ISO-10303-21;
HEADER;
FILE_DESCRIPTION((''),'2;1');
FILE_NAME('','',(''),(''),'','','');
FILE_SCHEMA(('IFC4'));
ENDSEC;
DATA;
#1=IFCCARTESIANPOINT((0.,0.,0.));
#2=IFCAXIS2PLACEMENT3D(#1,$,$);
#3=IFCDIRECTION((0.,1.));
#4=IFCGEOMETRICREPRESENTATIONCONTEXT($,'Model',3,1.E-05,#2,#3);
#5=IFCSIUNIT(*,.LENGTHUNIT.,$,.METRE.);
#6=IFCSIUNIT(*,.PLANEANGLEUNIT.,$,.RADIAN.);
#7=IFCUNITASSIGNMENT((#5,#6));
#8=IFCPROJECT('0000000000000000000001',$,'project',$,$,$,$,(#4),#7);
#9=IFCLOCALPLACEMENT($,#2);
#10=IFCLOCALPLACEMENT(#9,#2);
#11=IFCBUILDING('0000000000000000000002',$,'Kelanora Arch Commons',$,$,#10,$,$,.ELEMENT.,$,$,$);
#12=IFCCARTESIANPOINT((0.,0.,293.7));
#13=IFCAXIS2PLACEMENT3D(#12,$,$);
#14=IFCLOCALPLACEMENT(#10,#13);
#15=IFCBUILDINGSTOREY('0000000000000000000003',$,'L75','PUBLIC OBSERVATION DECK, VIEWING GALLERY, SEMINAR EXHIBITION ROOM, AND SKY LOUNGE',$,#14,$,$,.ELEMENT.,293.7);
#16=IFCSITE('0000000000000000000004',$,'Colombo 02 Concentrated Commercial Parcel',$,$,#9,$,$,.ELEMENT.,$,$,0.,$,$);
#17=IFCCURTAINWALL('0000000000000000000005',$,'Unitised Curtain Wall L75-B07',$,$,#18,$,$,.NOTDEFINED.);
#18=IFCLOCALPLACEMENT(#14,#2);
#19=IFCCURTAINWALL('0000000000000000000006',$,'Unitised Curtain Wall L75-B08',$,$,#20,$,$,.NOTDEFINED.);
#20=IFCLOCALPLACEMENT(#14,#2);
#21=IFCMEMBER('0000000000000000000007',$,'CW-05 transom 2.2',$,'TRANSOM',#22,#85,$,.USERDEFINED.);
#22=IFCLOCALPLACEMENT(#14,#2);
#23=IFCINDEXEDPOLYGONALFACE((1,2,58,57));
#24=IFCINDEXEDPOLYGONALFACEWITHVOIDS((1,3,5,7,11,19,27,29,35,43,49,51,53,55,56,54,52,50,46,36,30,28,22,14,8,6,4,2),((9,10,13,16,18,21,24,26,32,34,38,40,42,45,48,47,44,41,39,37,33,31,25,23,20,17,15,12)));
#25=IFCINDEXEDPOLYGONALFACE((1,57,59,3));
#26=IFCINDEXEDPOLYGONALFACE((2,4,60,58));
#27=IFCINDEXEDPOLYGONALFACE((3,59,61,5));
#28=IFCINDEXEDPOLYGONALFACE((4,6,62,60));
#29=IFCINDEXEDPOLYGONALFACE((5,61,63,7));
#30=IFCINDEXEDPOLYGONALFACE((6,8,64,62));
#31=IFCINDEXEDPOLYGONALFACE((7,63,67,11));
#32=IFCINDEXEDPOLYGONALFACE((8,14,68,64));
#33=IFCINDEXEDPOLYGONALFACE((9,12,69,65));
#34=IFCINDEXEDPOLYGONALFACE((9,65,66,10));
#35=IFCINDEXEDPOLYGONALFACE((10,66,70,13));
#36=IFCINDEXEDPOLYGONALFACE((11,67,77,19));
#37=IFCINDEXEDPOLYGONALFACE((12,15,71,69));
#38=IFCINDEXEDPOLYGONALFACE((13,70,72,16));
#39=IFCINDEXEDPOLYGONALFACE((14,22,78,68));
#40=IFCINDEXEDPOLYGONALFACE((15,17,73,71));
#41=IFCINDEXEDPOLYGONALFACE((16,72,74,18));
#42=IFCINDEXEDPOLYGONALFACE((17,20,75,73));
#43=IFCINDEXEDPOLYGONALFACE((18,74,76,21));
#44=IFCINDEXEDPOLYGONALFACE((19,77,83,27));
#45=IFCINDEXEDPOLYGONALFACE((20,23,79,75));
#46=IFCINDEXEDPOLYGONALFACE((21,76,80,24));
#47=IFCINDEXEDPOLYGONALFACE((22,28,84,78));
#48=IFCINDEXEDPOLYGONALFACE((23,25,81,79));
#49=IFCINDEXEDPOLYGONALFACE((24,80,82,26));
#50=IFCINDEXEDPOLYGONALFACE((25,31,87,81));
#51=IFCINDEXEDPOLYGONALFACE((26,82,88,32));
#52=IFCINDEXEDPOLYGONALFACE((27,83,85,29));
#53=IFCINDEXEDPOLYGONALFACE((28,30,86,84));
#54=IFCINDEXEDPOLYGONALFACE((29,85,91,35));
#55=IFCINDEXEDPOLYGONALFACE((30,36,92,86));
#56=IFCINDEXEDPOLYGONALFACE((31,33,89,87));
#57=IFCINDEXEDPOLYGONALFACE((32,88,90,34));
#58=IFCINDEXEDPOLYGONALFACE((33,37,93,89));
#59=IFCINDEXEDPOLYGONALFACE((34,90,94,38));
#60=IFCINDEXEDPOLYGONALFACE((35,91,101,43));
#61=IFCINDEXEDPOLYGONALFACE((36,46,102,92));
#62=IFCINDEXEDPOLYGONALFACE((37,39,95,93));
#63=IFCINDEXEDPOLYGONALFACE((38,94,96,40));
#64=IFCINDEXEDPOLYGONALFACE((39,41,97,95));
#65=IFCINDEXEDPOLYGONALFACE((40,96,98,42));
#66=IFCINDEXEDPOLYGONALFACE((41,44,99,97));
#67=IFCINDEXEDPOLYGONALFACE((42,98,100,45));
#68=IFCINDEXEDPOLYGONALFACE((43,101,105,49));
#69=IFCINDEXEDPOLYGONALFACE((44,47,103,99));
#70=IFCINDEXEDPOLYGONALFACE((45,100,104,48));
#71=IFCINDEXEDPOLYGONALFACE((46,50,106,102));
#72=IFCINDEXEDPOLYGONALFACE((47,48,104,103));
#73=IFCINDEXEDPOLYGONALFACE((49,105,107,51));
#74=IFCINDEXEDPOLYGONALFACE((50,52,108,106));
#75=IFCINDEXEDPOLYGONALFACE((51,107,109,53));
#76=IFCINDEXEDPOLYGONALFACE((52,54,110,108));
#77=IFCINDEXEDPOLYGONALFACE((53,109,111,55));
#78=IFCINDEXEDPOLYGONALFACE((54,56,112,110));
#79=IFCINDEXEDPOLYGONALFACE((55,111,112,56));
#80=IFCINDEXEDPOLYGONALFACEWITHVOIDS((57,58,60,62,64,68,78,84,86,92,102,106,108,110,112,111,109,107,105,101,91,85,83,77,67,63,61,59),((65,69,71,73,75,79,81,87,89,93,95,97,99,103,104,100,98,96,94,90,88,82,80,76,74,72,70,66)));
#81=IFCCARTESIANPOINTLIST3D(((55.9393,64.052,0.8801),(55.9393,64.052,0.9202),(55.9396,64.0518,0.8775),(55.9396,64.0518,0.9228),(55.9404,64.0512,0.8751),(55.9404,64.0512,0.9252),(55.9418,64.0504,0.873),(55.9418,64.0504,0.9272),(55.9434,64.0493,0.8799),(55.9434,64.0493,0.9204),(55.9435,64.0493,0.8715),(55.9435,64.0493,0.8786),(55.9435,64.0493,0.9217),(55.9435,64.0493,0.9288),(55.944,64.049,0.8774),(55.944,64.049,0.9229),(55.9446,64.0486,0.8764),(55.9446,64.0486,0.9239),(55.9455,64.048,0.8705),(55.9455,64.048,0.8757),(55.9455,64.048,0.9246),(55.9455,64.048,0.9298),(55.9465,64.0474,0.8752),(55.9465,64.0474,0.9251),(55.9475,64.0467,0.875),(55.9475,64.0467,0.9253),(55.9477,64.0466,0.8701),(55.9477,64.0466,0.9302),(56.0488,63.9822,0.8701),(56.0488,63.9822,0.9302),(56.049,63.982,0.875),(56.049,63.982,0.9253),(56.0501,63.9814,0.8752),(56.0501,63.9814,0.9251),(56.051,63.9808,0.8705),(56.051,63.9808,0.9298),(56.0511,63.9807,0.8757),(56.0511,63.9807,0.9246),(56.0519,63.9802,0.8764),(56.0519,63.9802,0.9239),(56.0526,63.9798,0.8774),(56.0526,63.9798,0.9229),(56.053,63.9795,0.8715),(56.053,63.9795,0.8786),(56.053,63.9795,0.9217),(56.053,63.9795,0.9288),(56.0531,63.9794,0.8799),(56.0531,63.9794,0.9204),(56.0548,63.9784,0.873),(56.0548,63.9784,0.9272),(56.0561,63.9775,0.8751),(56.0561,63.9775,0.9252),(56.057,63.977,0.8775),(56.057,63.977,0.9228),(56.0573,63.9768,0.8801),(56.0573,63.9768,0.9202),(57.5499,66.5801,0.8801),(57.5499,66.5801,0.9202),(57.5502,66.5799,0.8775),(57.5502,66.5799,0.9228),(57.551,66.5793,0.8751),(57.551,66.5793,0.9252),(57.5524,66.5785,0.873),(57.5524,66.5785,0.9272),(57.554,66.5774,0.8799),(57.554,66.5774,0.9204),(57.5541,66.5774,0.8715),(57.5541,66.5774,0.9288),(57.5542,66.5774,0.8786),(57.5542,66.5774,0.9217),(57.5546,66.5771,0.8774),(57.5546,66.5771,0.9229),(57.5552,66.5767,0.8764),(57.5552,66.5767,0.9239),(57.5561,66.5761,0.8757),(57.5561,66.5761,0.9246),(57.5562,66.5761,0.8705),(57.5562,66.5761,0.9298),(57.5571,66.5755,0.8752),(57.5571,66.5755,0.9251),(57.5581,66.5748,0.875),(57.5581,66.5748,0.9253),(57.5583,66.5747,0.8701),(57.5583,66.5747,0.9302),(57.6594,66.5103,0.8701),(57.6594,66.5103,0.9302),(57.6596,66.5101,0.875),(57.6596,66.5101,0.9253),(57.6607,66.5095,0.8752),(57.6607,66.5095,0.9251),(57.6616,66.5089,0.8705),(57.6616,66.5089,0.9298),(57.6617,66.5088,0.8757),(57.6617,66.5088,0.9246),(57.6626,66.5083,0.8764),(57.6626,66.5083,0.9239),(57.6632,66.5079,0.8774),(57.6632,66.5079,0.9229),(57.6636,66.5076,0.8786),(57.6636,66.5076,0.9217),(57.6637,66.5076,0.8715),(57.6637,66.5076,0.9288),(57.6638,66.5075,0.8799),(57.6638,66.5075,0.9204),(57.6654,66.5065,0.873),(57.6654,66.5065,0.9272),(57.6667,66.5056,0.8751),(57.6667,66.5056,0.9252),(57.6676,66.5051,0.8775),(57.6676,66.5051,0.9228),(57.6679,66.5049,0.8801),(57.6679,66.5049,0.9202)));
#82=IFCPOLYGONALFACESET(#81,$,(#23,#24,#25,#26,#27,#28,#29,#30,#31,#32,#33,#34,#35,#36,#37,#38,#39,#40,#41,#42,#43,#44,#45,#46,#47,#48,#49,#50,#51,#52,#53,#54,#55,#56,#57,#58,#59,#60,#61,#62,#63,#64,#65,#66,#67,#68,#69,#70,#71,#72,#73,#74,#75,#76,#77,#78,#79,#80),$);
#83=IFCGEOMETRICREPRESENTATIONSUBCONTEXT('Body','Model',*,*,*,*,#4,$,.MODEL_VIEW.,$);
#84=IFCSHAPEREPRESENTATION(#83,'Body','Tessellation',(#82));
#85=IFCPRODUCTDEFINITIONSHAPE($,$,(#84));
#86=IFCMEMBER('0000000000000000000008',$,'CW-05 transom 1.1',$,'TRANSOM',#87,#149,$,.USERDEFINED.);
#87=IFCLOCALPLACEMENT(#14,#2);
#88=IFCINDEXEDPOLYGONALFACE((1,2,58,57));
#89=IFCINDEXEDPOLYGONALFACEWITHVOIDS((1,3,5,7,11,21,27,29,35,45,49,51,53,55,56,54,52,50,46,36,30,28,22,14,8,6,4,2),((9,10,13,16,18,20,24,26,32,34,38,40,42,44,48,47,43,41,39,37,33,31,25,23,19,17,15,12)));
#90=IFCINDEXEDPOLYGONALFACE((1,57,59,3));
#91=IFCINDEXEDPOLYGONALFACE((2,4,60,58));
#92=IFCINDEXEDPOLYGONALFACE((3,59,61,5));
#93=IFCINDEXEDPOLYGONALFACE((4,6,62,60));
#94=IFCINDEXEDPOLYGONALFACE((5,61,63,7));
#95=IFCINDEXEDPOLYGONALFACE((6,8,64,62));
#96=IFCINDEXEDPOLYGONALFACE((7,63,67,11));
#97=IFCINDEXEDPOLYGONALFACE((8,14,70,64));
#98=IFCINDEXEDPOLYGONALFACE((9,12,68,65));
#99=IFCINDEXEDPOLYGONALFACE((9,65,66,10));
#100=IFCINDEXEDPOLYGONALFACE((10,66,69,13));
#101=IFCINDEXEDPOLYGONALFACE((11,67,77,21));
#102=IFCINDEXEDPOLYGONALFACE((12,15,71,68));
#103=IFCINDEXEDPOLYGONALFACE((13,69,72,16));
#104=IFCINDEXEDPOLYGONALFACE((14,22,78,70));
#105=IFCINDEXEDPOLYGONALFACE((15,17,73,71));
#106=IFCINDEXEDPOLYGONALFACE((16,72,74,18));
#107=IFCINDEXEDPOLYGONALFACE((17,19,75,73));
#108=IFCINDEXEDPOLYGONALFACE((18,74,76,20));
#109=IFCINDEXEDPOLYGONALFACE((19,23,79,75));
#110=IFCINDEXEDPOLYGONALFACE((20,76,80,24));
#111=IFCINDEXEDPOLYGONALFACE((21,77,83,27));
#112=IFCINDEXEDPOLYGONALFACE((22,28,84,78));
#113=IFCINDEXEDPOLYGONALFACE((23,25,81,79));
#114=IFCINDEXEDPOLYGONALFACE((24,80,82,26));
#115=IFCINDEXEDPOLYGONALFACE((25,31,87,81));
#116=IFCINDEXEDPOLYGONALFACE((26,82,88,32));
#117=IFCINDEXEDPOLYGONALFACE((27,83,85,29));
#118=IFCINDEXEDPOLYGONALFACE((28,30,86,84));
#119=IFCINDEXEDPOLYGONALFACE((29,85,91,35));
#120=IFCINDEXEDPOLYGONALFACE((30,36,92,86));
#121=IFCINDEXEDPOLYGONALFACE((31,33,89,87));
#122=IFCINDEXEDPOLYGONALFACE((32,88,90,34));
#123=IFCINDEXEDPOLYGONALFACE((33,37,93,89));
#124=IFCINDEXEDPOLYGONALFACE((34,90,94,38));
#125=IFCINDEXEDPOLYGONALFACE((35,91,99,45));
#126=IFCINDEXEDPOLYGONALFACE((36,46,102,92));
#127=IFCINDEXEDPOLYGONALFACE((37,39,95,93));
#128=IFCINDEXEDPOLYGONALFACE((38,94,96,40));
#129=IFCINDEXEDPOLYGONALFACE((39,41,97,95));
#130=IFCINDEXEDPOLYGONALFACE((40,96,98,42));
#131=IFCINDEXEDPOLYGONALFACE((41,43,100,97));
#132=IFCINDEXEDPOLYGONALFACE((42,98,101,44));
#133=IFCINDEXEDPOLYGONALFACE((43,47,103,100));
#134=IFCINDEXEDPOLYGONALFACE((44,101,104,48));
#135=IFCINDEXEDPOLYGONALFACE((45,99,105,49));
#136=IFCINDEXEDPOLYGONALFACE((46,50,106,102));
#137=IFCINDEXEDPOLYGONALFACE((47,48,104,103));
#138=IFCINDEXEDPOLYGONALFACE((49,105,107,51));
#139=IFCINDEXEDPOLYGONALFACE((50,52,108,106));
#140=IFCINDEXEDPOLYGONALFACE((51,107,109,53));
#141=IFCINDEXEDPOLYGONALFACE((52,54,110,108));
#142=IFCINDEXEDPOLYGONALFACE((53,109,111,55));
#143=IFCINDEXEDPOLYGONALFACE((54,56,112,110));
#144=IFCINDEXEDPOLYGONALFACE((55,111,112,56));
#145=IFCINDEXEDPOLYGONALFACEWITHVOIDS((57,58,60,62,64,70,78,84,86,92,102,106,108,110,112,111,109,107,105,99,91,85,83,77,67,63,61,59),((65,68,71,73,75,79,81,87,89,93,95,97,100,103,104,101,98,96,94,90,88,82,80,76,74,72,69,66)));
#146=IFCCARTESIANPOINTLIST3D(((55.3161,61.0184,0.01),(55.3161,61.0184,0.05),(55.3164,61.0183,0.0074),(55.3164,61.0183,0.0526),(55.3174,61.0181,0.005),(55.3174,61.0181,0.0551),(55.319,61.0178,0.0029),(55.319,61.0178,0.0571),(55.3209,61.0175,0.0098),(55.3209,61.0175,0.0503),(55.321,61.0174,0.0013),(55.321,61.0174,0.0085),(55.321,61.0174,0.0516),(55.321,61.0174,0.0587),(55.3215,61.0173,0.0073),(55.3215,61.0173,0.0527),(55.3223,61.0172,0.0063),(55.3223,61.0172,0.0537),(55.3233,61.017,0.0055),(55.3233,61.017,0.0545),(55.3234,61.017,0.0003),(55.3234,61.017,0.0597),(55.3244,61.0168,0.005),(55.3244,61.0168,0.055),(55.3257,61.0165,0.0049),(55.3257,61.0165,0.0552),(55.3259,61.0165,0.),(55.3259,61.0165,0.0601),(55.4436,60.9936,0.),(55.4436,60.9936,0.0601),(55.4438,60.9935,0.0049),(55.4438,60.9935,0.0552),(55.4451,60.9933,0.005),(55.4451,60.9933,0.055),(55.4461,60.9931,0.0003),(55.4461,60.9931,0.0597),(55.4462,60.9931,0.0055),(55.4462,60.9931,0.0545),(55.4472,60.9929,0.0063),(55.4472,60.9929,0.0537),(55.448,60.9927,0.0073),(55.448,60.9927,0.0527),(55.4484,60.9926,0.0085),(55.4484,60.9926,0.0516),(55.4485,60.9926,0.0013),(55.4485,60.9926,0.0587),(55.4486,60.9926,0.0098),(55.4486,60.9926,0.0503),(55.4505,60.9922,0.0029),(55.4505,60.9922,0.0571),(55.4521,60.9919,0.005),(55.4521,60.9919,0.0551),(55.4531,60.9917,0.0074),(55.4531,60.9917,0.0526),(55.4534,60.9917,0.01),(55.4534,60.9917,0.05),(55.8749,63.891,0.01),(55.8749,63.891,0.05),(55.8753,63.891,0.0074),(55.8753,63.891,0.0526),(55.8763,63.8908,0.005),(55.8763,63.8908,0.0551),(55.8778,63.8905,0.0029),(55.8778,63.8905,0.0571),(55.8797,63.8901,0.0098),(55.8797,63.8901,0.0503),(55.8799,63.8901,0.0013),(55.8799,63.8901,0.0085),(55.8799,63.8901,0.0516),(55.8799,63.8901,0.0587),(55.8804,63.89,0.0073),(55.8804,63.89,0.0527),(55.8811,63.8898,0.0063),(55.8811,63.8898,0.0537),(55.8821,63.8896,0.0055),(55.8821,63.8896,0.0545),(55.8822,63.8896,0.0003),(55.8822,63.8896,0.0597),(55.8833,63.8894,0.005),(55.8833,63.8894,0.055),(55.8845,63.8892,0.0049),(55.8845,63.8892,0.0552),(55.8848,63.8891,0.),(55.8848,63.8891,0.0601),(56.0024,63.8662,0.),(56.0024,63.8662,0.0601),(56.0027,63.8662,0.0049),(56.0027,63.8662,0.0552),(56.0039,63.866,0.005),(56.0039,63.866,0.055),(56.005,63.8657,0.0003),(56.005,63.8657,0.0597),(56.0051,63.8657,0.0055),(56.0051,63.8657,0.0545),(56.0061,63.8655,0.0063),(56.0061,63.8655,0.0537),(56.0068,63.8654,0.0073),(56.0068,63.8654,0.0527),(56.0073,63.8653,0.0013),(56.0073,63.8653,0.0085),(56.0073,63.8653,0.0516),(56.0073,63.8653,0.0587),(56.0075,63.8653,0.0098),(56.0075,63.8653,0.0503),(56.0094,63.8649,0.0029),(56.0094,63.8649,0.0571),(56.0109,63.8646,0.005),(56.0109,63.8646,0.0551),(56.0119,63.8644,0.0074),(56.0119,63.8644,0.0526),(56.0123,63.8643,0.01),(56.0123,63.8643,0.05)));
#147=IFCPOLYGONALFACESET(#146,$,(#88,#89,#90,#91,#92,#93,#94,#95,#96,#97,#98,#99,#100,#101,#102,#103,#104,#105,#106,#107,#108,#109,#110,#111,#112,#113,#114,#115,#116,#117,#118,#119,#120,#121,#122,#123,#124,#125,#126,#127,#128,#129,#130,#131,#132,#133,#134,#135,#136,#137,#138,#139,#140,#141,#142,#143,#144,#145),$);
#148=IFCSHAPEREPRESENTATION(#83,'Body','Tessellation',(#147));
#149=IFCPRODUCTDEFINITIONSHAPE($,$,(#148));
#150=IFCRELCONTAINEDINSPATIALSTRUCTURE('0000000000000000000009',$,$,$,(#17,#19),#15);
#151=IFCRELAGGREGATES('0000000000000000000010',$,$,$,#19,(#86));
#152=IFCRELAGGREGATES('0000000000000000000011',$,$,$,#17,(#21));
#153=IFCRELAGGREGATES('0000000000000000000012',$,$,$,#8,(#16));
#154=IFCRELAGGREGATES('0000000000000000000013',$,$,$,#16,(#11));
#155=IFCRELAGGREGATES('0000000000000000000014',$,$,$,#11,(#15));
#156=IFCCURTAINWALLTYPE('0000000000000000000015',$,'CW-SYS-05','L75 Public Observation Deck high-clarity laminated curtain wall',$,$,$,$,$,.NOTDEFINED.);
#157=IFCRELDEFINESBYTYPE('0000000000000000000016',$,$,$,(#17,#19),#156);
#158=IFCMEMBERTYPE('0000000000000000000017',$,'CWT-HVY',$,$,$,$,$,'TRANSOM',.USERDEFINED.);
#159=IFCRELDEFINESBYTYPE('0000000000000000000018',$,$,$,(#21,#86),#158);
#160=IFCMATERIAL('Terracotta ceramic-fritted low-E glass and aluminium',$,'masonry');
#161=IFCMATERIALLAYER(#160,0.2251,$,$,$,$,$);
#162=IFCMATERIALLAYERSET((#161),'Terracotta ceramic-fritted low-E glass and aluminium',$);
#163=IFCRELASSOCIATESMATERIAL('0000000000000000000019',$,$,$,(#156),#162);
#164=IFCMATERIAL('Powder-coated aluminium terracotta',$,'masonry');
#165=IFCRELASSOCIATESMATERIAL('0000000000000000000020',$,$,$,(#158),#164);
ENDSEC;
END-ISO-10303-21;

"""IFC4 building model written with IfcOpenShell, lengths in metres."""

from ifc_helpers import new_model, si_unit, direction, frame, origin, origin_2d, place, context, subcontext, project, spatial, hollow_rectangle, extrude, material, layer, layer_set, material_profile, profile_set, type_object, element, aggregate, save


model = new_model("IFC4")

# Units and contexts
model_context = context("Model", 3, precision=1e-05, world=origin(), true_north=direction((0.0, 1.0)))
body_context = subcontext(model_context, "Body", "Model", "MODEL_VIEW")
ifc_project = project(units=[si_unit("LENGTHUNIT", "METRE"), si_unit("PLANEANGLEUNIT", "RADIAN")], contexts=[model_context])

# Site, building, storey
site_placement = place(None, origin())
site = spatial("IfcSite", under=ifc_project, at=site_placement, Name="Colombo 02 Concentrated Commercial Parcel", CompositionType="ELEMENT", RefElevation=0.0)
building_placement = place(site_placement, origin())
building = spatial("IfcBuilding", under=site, at=building_placement, Name="Kelanora Arch Commons", CompositionType="ELEMENT")
storey_placement = place(building_placement, frame((0.0, 0.0, 293.7)))
storey = spatial("IfcBuildingStorey", under=building, at=storey_placement, Name="L75", Description="PUBLIC OBSERVATION DECK, VIEWING GALLERY, SEMINAR EXHIBITION ROOM, AND SKY LOUNGE", CompositionType="ELEMENT", Elevation=293.7)

# Curtain wall
ifc_material_1 = material(Name="Terracotta ceramic-fritted low-E glass and aluminium", Category="masonry")
ifc_layer_1 = layer(ifc_material_1, 0.2251)
ifc_layer_set_1 = layer_set([ifc_layer_1], Name="Terracotta ceramic-fritted low-E glass and aluminium")
curtain_wall_type = type_object("IfcCurtainWallType", Name="CW-SYS-05", Description="L75 Public Observation Deck high-clarity laminated curtain wall", PredefinedType="NOTDEFINED", material=ifc_layer_set_1)
curtain_wall_1_placement = place(storey_placement, origin())
curtain_wall_1 = element("IfcCurtainWall", 1, at=curtain_wall_1_placement, inside=storey, type_object=curtain_wall_type, Name="Unitised Curtain Wall L75-B07", PredefinedType="NOTDEFINED")
ifc_material_2 = material(Name="Powder-coated aluminium terracotta", Category="masonry")

# Curtain wall
curtain_wall_2_placement = place(storey_placement, origin())
curtain_wall_2 = element("IfcCurtainWall", 2, at=curtain_wall_2_placement, inside=storey, type_object=curtain_wall_type, Name="Unitised Curtain Wall L75-B08", PredefinedType="NOTDEFINED")

# Members
ifc_material_profile_1 = material_profile(ifc_material_2, hollow_rectangle(XDim=0.1399, YDim=0.0601, WallThickness=0.0049, InnerFilletRadius=0.0049, OuterFilletRadius=0.01, at=origin_2d()), Name="CWT140x60")
ifc_profile_set_1 = profile_set([ifc_material_profile_1], Name="Powder-coated aluminium terracotta")
member_type_1 = type_object("IfcMemberType", Name="CWT-HVY", ElementType="TRANSOM", PredefinedType="USERDEFINED", material=ifc_profile_set_1)
member_1_placement = place(storey_placement, frame((57.6089, 66.5425, 0.9001), z_axis=(-0.537308, -0.843386, 0.0), x_axis=(0.843386, -0.537308, 0.0)))
member_1 = element("IfcMember", 3, at=member_1_placement, type_object=member_type_1, Name="CW-05 transom 2.2", ObjectType="TRANSOM", PredefinedType="USERDEFINED", context=body_context, shape_type="SweptSolid", body=[
    extrude(hollow_rectangle(XDim=0.1399, YDim=0.0601, WallThickness=0.0049, InnerFilletRadius=0.0049, OuterFilletRadius=0.01, at=origin_2d()), origin(), (0.0, 0.0, 1.0), 2.9976),
])
member_2_placement = place(storey_placement, frame((55.9436, 63.8777, 0.03), z_axis=(-0.190963, -0.981597, 0.0), x_axis=(0.981597, -0.190963, 0.0)))
member_2 = element("IfcMember", 4, at=member_2_placement, type_object=member_type_1, Name="CW-05 transom 1.1", ObjectType="TRANSOM", PredefinedType="USERDEFINED", context=body_context, shape_type="SweptSolid", body=[
    extrude(hollow_rectangle(XDim=0.1399, YDim=0.0601, WallThickness=0.0049, InnerFilletRadius=0.0049, OuterFilletRadius=0.01, at=origin_2d()), origin(), (0.0, 0.0, 1.0), 2.9265),
])

aggregate(curtain_wall_2, [member_2])
aggregate(curtain_wall_1, [member_1])

save(model, "model.ifc")
